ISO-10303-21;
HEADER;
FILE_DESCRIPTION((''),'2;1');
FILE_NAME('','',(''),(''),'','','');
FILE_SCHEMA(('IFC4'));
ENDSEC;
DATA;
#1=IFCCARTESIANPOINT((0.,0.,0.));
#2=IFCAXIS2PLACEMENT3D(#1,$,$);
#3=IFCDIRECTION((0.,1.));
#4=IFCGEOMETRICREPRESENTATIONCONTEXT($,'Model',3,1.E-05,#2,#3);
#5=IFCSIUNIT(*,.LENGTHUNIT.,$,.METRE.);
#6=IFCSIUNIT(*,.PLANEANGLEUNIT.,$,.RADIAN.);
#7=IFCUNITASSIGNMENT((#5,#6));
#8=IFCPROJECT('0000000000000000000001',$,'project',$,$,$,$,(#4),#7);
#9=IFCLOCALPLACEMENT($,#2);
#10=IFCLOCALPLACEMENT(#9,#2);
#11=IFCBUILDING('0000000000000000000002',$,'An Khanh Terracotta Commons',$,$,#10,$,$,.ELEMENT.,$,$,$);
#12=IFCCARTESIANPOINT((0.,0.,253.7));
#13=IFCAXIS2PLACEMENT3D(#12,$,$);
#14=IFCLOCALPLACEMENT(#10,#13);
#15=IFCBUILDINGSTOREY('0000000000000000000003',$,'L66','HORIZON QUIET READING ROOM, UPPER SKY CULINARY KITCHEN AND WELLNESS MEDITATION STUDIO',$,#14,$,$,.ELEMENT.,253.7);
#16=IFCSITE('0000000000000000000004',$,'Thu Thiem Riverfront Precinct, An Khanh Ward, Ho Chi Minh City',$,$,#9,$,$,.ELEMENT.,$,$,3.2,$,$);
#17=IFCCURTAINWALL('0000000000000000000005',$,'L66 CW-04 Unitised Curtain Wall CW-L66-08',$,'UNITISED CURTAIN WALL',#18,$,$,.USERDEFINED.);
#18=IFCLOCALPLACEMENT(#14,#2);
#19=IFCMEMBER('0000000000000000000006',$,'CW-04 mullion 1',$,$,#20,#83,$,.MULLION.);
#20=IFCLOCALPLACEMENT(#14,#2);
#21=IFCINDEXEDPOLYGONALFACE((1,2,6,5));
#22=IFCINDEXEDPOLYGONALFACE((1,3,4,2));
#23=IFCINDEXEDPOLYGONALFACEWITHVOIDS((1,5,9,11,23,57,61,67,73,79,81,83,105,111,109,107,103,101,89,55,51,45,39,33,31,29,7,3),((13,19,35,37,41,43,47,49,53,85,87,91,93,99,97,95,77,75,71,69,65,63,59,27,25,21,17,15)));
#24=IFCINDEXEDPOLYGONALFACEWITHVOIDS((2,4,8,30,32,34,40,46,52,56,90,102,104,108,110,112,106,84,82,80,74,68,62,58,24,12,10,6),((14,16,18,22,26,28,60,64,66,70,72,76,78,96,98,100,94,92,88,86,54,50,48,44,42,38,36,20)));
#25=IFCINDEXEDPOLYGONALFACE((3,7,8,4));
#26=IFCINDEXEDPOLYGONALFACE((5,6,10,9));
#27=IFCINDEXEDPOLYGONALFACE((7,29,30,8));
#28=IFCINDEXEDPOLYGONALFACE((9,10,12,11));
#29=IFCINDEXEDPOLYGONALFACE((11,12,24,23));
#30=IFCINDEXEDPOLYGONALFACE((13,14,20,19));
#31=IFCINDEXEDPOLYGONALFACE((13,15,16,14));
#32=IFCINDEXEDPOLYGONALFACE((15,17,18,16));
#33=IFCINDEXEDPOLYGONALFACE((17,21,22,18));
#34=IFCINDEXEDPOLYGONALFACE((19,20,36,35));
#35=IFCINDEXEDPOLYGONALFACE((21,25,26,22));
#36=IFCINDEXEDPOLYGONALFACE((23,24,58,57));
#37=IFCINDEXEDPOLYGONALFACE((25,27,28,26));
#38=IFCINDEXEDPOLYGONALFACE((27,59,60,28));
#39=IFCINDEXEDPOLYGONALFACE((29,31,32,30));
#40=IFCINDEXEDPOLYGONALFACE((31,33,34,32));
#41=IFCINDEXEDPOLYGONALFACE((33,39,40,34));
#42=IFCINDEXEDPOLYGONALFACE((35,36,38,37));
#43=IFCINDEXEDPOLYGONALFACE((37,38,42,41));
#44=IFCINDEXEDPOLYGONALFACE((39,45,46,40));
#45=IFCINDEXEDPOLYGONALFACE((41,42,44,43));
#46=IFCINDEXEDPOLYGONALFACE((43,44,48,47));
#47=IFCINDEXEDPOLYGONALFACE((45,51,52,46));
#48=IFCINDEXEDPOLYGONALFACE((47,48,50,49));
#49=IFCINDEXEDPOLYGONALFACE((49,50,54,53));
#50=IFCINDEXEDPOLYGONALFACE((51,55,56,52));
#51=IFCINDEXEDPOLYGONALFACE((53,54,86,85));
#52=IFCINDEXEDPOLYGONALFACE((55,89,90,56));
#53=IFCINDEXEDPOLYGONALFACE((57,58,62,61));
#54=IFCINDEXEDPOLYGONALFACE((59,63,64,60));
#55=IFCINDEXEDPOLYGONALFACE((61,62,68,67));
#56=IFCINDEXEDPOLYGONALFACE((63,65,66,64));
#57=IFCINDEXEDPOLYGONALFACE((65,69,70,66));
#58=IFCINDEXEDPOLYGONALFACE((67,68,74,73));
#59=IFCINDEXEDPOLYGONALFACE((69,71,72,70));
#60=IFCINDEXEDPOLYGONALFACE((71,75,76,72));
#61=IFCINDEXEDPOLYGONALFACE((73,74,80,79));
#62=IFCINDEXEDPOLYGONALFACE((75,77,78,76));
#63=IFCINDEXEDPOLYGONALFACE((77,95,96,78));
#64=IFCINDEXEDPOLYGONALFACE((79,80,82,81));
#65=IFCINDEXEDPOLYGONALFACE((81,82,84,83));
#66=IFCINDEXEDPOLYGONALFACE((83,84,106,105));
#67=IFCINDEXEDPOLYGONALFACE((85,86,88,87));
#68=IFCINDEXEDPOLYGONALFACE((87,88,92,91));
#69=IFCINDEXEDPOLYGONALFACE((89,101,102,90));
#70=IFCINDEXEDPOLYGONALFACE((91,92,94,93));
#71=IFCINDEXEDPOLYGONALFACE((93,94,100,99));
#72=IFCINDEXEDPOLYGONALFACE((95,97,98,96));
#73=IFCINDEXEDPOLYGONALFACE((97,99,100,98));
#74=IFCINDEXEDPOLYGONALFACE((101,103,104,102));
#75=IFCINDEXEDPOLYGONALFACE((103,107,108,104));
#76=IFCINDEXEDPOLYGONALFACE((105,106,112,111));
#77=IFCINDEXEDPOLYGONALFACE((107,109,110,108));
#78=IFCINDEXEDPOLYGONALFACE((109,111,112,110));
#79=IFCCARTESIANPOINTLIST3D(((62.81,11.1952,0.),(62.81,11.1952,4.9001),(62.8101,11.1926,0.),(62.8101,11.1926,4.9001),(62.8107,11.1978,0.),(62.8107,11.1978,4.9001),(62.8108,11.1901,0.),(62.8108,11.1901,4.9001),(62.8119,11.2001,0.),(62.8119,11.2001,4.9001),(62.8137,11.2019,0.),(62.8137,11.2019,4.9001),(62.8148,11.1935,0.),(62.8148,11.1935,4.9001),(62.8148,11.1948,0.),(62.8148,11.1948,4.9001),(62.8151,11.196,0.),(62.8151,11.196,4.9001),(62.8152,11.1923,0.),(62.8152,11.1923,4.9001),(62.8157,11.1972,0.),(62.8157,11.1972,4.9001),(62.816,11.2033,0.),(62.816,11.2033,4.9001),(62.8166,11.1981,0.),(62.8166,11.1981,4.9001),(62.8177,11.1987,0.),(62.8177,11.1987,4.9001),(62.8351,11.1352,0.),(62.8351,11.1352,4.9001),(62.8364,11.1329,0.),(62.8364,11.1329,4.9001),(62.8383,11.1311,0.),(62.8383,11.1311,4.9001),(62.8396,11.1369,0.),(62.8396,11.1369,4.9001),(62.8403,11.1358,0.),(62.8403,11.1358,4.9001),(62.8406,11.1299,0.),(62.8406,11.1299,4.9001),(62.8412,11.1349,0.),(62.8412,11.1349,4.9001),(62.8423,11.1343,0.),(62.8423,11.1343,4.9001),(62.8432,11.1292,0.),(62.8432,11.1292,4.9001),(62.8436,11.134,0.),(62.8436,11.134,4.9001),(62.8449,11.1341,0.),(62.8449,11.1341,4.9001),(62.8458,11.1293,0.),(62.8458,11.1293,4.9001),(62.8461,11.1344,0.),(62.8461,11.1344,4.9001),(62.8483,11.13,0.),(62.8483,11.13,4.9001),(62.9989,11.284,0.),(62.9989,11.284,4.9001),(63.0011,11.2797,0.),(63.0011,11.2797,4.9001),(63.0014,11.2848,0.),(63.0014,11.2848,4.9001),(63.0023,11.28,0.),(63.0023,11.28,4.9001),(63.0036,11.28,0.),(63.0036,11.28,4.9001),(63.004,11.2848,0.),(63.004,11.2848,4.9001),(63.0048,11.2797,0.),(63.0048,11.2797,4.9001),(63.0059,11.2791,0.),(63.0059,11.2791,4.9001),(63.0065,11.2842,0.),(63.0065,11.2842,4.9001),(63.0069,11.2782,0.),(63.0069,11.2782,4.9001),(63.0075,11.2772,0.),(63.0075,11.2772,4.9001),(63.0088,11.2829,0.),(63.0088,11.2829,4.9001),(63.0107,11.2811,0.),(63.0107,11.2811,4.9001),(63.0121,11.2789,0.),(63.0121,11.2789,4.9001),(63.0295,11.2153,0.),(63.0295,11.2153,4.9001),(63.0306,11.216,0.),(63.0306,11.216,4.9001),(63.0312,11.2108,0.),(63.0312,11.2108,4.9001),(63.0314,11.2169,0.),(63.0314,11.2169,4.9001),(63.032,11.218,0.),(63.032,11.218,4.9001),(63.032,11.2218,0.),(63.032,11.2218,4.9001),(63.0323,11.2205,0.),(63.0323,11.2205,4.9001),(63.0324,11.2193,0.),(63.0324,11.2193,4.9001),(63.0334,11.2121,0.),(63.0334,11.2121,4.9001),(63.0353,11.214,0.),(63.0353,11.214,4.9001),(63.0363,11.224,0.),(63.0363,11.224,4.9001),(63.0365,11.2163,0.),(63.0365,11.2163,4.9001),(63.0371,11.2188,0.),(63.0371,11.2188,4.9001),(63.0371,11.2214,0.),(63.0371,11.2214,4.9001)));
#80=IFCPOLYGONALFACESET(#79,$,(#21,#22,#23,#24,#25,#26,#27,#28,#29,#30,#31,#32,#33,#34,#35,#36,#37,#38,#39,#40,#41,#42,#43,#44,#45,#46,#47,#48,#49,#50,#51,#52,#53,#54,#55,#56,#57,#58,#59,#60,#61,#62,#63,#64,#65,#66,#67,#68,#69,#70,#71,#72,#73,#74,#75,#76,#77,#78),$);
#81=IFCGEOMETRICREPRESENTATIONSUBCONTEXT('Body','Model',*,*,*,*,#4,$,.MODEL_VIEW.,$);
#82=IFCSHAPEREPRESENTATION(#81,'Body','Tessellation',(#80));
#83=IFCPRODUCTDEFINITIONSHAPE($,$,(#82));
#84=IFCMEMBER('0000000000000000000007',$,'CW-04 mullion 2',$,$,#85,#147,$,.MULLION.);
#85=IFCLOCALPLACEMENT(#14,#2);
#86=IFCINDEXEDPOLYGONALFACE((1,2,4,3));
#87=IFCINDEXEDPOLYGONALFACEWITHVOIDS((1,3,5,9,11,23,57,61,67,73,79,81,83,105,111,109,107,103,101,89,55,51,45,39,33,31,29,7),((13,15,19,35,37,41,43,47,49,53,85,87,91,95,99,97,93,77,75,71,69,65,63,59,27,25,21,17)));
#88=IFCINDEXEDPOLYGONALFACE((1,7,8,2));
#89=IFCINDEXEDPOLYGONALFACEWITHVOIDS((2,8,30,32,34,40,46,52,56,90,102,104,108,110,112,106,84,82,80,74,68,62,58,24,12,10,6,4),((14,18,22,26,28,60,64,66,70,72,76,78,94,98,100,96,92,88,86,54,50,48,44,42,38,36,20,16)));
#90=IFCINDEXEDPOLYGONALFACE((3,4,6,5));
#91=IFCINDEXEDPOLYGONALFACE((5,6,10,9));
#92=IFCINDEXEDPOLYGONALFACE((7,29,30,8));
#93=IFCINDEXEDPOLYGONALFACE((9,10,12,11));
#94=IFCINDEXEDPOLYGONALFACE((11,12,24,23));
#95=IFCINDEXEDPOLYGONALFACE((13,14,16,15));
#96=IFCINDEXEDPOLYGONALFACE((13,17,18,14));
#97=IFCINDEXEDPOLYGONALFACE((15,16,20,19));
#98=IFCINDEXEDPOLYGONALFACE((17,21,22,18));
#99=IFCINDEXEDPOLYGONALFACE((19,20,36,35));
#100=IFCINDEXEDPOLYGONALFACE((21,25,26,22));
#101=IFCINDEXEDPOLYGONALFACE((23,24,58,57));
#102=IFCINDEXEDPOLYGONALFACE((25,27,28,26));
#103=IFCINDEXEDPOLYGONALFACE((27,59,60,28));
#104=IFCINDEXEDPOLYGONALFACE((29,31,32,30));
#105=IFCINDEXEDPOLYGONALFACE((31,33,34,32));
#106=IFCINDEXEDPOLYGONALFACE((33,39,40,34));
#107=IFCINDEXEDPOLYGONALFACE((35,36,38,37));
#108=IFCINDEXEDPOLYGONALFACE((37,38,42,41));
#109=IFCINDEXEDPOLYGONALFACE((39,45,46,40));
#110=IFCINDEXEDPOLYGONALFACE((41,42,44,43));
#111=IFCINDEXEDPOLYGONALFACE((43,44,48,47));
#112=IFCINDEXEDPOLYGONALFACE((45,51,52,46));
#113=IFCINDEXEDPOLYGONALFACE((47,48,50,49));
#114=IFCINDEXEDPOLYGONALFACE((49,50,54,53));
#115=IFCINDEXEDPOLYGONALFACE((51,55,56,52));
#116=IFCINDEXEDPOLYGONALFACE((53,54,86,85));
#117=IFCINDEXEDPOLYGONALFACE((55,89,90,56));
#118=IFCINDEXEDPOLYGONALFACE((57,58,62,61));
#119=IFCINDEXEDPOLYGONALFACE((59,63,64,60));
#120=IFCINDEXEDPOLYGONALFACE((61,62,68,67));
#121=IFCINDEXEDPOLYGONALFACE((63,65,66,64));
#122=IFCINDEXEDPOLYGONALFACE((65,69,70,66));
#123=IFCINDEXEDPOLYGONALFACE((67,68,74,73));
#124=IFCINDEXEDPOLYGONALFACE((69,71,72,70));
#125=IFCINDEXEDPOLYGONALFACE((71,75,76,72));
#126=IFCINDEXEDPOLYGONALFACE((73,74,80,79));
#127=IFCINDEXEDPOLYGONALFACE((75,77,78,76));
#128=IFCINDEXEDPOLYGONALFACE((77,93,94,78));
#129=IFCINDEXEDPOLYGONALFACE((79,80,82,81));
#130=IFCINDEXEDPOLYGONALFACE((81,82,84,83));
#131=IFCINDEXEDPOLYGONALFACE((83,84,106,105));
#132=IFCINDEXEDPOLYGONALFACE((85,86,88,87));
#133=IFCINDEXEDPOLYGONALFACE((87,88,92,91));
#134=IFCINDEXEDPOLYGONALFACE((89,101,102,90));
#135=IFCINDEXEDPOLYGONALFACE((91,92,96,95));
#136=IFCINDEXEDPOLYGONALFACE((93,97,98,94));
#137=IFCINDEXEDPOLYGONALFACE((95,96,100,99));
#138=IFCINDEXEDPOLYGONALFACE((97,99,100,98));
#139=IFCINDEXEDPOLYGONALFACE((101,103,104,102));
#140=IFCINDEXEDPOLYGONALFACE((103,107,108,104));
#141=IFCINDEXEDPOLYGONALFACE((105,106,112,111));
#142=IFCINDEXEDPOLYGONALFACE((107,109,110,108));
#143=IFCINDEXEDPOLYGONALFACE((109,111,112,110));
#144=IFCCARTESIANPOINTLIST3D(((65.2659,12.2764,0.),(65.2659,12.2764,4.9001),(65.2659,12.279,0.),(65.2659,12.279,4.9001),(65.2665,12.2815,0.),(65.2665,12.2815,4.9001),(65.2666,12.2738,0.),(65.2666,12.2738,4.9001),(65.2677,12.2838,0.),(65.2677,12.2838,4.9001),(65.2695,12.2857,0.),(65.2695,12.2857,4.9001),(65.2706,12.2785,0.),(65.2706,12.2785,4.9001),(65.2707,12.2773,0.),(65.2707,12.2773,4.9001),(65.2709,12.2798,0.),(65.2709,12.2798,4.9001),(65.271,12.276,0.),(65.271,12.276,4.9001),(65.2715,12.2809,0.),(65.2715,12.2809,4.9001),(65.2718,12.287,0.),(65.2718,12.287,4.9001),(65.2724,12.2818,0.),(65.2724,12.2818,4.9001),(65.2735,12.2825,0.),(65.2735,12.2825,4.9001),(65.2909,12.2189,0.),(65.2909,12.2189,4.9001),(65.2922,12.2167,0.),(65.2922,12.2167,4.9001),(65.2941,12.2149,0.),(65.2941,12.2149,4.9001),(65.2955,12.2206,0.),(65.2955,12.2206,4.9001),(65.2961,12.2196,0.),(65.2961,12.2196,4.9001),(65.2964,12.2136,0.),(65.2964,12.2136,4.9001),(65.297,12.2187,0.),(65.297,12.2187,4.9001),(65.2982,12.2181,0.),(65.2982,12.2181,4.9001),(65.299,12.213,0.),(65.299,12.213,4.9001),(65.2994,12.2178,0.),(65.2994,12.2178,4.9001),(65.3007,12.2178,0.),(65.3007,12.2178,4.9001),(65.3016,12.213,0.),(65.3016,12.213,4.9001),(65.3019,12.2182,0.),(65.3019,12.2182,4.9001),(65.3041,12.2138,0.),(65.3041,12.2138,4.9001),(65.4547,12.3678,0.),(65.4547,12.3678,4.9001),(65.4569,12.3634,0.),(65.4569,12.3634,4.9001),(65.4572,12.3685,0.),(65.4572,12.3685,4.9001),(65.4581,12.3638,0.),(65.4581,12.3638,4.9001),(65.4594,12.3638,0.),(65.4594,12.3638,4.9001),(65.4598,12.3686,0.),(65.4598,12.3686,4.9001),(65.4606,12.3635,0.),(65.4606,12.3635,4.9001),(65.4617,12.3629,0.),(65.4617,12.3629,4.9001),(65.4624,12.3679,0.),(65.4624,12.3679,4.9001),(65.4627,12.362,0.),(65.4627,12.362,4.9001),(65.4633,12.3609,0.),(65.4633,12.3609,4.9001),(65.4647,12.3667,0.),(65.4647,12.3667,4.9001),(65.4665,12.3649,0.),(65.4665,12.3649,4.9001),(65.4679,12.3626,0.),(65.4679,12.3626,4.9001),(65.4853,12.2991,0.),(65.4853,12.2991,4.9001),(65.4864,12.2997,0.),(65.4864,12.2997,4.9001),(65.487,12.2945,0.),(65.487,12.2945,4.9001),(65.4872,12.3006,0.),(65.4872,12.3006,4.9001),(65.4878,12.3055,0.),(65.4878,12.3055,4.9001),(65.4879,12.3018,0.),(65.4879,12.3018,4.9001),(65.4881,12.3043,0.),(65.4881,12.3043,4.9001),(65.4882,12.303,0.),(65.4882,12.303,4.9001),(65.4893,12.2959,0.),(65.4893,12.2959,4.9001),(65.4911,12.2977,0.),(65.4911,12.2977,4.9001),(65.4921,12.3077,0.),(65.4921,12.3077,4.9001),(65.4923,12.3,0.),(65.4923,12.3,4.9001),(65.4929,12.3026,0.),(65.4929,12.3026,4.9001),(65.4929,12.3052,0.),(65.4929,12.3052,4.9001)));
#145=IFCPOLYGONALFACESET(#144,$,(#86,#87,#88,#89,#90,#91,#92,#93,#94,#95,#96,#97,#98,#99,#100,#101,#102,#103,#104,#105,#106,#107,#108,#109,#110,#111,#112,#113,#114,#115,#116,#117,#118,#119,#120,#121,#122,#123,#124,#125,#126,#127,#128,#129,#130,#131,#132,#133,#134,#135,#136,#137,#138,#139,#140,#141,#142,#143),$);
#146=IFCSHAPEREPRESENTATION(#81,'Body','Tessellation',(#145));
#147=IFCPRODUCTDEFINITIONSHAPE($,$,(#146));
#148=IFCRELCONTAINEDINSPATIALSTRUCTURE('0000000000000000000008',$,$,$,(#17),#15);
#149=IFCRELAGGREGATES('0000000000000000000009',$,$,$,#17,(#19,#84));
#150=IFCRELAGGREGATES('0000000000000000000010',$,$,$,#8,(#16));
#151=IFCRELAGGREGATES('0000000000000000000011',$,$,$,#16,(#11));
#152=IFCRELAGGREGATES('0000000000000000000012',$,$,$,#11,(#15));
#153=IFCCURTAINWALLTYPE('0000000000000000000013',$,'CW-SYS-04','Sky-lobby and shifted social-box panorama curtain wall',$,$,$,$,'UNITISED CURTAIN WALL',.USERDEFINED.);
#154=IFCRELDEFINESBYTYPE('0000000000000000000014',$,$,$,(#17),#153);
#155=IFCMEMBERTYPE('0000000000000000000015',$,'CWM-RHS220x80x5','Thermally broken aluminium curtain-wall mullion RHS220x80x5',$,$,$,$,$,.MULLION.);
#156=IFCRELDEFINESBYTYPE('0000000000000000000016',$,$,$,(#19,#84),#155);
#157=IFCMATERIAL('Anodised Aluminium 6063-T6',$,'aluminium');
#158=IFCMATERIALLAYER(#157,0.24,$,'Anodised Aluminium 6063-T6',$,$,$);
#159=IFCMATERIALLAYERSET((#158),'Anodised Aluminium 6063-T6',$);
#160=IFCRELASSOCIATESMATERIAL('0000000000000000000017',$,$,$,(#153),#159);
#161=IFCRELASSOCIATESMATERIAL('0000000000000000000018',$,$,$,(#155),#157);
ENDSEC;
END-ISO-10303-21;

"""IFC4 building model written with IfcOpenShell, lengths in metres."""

from ifc_helpers import new_model, si_unit, direction, frame, origin, origin_2d, place, context, subcontext, project, spatial, hollow_rectangle, extrude, material, layer, layer_set, material_profile, profile_set, type_object, element, aggregate, save


model = new_model("IFC4")

# Units and contexts
model_context = context("Model", 3, precision=1e-05, world=origin(), true_north=direction((0.0, 1.0)))
body_context = subcontext(model_context, "Body", "Model", "MODEL_VIEW")
ifc_project = project(units=[si_unit("LENGTHUNIT", "METRE"), si_unit("PLANEANGLEUNIT", "RADIAN")], contexts=[model_context])

# Site, building, storey
site_placement = place(None, origin())
site = spatial("IfcSite", under=ifc_project, at=site_placement, Name="Thu Thiem Riverfront Precinct, An Khanh Ward, Ho Chi Minh City", CompositionType="ELEMENT", RefElevation=3.2)
building_placement = place(site_placement, origin())
building = spatial("IfcBuilding", under=site, at=building_placement, Name="An Khanh Terracotta Commons", CompositionType="ELEMENT")
storey_placement = place(building_placement, frame((0.0, 0.0, 253.7)))
storey = spatial("IfcBuildingStorey", under=building, at=storey_placement, Name="L66", Description="HORIZON QUIET READING ROOM, UPPER SKY CULINARY KITCHEN AND WELLNESS MEDITATION STUDIO", CompositionType="ELEMENT", Elevation=253.7)

# Curtain wall, members
ifc_material_1 = material(Name="Anodised Aluminium 6063-T6", Category="aluminium")
ifc_layer_1 = layer(ifc_material_1, 0.24, Name="Anodised Aluminium 6063-T6")
ifc_layer_set_1 = layer_set([ifc_layer_1], Name="Anodised Aluminium 6063-T6")
curtain_wall_type = type_object("IfcCurtainWallType", Name="CW-SYS-04", Description="Sky-lobby and shifted social-box panorama curtain wall", ElementType="UNITISED CURTAIN WALL", PredefinedType="USERDEFINED", material=ifc_layer_set_1)
curtain_wall_placement = place(storey_placement, origin())
curtain_wall = element("IfcCurtainWall", 1, at=curtain_wall_placement, inside=storey, type_object=curtain_wall_type, Name="L66 CW-04 Unitised Curtain Wall CW-L66-08", ObjectType="UNITISED CURTAIN WALL", PredefinedType="USERDEFINED")
ifc_material_profile_1 = material_profile(ifc_material_1, hollow_rectangle(XDim=0.0801, YDim=0.22, WallThickness=0.0049, InnerFilletRadius=0.0049, OuterFilletRadius=0.01, at=origin_2d()), Name="RHS220x80x5")
ifc_profile_set_1 = profile_set([ifc_material_profile_1], Name="Anodised Aluminium 6063-T6")
member_type_1 = type_object("IfcMemberType", Name="CWM-RHS220x80x5", Description="Thermally broken aluminium curtain-wall mullion RHS220x80x5", PredefinedType="MULLION", material=ifc_profile_set_1)
member_1_placement = place(storey_placement, frame((62.9236, 11.207, 0.0), z_axis=(0.0, 0.0, 1.0), x_axis=(-0.403676, 0.914902, 0.0)))
member_1 = element("IfcMember", 2, at=member_1_placement, type_object=member_type_1, Name="CW-04 mullion 1", PredefinedType="MULLION", context=body_context, shape_type="SweptSolid", body=[
    extrude(hollow_rectangle(XDim=0.0801, YDim=0.22, WallThickness=0.0049, InnerFilletRadius=0.0049, OuterFilletRadius=0.01, at=origin_2d()), origin(), (0.0, 0.0, 1.0), 4.9001),
])
member_2_placement = place(storey_placement, frame((65.3794, 12.2908, 0.0), z_axis=(0.0, 0.0, 1.0), x_axis=(-0.403676, 0.914902, 0.0)))
member_2 = element("IfcMember", 3, at=member_2_placement, type_object=member_type_1, Name="CW-04 mullion 2", PredefinedType="MULLION", context=body_context, shape_type="SweptSolid", body=[
    extrude(hollow_rectangle(XDim=0.0801, YDim=0.22, WallThickness=0.0049, InnerFilletRadius=0.0049, OuterFilletRadius=0.01, at=origin_2d()), origin(), (0.0, 0.0, 1.0), 4.9001),
])
aggregate(curtain_wall, [member_1, member_2])

save(model, "model.ifc")
